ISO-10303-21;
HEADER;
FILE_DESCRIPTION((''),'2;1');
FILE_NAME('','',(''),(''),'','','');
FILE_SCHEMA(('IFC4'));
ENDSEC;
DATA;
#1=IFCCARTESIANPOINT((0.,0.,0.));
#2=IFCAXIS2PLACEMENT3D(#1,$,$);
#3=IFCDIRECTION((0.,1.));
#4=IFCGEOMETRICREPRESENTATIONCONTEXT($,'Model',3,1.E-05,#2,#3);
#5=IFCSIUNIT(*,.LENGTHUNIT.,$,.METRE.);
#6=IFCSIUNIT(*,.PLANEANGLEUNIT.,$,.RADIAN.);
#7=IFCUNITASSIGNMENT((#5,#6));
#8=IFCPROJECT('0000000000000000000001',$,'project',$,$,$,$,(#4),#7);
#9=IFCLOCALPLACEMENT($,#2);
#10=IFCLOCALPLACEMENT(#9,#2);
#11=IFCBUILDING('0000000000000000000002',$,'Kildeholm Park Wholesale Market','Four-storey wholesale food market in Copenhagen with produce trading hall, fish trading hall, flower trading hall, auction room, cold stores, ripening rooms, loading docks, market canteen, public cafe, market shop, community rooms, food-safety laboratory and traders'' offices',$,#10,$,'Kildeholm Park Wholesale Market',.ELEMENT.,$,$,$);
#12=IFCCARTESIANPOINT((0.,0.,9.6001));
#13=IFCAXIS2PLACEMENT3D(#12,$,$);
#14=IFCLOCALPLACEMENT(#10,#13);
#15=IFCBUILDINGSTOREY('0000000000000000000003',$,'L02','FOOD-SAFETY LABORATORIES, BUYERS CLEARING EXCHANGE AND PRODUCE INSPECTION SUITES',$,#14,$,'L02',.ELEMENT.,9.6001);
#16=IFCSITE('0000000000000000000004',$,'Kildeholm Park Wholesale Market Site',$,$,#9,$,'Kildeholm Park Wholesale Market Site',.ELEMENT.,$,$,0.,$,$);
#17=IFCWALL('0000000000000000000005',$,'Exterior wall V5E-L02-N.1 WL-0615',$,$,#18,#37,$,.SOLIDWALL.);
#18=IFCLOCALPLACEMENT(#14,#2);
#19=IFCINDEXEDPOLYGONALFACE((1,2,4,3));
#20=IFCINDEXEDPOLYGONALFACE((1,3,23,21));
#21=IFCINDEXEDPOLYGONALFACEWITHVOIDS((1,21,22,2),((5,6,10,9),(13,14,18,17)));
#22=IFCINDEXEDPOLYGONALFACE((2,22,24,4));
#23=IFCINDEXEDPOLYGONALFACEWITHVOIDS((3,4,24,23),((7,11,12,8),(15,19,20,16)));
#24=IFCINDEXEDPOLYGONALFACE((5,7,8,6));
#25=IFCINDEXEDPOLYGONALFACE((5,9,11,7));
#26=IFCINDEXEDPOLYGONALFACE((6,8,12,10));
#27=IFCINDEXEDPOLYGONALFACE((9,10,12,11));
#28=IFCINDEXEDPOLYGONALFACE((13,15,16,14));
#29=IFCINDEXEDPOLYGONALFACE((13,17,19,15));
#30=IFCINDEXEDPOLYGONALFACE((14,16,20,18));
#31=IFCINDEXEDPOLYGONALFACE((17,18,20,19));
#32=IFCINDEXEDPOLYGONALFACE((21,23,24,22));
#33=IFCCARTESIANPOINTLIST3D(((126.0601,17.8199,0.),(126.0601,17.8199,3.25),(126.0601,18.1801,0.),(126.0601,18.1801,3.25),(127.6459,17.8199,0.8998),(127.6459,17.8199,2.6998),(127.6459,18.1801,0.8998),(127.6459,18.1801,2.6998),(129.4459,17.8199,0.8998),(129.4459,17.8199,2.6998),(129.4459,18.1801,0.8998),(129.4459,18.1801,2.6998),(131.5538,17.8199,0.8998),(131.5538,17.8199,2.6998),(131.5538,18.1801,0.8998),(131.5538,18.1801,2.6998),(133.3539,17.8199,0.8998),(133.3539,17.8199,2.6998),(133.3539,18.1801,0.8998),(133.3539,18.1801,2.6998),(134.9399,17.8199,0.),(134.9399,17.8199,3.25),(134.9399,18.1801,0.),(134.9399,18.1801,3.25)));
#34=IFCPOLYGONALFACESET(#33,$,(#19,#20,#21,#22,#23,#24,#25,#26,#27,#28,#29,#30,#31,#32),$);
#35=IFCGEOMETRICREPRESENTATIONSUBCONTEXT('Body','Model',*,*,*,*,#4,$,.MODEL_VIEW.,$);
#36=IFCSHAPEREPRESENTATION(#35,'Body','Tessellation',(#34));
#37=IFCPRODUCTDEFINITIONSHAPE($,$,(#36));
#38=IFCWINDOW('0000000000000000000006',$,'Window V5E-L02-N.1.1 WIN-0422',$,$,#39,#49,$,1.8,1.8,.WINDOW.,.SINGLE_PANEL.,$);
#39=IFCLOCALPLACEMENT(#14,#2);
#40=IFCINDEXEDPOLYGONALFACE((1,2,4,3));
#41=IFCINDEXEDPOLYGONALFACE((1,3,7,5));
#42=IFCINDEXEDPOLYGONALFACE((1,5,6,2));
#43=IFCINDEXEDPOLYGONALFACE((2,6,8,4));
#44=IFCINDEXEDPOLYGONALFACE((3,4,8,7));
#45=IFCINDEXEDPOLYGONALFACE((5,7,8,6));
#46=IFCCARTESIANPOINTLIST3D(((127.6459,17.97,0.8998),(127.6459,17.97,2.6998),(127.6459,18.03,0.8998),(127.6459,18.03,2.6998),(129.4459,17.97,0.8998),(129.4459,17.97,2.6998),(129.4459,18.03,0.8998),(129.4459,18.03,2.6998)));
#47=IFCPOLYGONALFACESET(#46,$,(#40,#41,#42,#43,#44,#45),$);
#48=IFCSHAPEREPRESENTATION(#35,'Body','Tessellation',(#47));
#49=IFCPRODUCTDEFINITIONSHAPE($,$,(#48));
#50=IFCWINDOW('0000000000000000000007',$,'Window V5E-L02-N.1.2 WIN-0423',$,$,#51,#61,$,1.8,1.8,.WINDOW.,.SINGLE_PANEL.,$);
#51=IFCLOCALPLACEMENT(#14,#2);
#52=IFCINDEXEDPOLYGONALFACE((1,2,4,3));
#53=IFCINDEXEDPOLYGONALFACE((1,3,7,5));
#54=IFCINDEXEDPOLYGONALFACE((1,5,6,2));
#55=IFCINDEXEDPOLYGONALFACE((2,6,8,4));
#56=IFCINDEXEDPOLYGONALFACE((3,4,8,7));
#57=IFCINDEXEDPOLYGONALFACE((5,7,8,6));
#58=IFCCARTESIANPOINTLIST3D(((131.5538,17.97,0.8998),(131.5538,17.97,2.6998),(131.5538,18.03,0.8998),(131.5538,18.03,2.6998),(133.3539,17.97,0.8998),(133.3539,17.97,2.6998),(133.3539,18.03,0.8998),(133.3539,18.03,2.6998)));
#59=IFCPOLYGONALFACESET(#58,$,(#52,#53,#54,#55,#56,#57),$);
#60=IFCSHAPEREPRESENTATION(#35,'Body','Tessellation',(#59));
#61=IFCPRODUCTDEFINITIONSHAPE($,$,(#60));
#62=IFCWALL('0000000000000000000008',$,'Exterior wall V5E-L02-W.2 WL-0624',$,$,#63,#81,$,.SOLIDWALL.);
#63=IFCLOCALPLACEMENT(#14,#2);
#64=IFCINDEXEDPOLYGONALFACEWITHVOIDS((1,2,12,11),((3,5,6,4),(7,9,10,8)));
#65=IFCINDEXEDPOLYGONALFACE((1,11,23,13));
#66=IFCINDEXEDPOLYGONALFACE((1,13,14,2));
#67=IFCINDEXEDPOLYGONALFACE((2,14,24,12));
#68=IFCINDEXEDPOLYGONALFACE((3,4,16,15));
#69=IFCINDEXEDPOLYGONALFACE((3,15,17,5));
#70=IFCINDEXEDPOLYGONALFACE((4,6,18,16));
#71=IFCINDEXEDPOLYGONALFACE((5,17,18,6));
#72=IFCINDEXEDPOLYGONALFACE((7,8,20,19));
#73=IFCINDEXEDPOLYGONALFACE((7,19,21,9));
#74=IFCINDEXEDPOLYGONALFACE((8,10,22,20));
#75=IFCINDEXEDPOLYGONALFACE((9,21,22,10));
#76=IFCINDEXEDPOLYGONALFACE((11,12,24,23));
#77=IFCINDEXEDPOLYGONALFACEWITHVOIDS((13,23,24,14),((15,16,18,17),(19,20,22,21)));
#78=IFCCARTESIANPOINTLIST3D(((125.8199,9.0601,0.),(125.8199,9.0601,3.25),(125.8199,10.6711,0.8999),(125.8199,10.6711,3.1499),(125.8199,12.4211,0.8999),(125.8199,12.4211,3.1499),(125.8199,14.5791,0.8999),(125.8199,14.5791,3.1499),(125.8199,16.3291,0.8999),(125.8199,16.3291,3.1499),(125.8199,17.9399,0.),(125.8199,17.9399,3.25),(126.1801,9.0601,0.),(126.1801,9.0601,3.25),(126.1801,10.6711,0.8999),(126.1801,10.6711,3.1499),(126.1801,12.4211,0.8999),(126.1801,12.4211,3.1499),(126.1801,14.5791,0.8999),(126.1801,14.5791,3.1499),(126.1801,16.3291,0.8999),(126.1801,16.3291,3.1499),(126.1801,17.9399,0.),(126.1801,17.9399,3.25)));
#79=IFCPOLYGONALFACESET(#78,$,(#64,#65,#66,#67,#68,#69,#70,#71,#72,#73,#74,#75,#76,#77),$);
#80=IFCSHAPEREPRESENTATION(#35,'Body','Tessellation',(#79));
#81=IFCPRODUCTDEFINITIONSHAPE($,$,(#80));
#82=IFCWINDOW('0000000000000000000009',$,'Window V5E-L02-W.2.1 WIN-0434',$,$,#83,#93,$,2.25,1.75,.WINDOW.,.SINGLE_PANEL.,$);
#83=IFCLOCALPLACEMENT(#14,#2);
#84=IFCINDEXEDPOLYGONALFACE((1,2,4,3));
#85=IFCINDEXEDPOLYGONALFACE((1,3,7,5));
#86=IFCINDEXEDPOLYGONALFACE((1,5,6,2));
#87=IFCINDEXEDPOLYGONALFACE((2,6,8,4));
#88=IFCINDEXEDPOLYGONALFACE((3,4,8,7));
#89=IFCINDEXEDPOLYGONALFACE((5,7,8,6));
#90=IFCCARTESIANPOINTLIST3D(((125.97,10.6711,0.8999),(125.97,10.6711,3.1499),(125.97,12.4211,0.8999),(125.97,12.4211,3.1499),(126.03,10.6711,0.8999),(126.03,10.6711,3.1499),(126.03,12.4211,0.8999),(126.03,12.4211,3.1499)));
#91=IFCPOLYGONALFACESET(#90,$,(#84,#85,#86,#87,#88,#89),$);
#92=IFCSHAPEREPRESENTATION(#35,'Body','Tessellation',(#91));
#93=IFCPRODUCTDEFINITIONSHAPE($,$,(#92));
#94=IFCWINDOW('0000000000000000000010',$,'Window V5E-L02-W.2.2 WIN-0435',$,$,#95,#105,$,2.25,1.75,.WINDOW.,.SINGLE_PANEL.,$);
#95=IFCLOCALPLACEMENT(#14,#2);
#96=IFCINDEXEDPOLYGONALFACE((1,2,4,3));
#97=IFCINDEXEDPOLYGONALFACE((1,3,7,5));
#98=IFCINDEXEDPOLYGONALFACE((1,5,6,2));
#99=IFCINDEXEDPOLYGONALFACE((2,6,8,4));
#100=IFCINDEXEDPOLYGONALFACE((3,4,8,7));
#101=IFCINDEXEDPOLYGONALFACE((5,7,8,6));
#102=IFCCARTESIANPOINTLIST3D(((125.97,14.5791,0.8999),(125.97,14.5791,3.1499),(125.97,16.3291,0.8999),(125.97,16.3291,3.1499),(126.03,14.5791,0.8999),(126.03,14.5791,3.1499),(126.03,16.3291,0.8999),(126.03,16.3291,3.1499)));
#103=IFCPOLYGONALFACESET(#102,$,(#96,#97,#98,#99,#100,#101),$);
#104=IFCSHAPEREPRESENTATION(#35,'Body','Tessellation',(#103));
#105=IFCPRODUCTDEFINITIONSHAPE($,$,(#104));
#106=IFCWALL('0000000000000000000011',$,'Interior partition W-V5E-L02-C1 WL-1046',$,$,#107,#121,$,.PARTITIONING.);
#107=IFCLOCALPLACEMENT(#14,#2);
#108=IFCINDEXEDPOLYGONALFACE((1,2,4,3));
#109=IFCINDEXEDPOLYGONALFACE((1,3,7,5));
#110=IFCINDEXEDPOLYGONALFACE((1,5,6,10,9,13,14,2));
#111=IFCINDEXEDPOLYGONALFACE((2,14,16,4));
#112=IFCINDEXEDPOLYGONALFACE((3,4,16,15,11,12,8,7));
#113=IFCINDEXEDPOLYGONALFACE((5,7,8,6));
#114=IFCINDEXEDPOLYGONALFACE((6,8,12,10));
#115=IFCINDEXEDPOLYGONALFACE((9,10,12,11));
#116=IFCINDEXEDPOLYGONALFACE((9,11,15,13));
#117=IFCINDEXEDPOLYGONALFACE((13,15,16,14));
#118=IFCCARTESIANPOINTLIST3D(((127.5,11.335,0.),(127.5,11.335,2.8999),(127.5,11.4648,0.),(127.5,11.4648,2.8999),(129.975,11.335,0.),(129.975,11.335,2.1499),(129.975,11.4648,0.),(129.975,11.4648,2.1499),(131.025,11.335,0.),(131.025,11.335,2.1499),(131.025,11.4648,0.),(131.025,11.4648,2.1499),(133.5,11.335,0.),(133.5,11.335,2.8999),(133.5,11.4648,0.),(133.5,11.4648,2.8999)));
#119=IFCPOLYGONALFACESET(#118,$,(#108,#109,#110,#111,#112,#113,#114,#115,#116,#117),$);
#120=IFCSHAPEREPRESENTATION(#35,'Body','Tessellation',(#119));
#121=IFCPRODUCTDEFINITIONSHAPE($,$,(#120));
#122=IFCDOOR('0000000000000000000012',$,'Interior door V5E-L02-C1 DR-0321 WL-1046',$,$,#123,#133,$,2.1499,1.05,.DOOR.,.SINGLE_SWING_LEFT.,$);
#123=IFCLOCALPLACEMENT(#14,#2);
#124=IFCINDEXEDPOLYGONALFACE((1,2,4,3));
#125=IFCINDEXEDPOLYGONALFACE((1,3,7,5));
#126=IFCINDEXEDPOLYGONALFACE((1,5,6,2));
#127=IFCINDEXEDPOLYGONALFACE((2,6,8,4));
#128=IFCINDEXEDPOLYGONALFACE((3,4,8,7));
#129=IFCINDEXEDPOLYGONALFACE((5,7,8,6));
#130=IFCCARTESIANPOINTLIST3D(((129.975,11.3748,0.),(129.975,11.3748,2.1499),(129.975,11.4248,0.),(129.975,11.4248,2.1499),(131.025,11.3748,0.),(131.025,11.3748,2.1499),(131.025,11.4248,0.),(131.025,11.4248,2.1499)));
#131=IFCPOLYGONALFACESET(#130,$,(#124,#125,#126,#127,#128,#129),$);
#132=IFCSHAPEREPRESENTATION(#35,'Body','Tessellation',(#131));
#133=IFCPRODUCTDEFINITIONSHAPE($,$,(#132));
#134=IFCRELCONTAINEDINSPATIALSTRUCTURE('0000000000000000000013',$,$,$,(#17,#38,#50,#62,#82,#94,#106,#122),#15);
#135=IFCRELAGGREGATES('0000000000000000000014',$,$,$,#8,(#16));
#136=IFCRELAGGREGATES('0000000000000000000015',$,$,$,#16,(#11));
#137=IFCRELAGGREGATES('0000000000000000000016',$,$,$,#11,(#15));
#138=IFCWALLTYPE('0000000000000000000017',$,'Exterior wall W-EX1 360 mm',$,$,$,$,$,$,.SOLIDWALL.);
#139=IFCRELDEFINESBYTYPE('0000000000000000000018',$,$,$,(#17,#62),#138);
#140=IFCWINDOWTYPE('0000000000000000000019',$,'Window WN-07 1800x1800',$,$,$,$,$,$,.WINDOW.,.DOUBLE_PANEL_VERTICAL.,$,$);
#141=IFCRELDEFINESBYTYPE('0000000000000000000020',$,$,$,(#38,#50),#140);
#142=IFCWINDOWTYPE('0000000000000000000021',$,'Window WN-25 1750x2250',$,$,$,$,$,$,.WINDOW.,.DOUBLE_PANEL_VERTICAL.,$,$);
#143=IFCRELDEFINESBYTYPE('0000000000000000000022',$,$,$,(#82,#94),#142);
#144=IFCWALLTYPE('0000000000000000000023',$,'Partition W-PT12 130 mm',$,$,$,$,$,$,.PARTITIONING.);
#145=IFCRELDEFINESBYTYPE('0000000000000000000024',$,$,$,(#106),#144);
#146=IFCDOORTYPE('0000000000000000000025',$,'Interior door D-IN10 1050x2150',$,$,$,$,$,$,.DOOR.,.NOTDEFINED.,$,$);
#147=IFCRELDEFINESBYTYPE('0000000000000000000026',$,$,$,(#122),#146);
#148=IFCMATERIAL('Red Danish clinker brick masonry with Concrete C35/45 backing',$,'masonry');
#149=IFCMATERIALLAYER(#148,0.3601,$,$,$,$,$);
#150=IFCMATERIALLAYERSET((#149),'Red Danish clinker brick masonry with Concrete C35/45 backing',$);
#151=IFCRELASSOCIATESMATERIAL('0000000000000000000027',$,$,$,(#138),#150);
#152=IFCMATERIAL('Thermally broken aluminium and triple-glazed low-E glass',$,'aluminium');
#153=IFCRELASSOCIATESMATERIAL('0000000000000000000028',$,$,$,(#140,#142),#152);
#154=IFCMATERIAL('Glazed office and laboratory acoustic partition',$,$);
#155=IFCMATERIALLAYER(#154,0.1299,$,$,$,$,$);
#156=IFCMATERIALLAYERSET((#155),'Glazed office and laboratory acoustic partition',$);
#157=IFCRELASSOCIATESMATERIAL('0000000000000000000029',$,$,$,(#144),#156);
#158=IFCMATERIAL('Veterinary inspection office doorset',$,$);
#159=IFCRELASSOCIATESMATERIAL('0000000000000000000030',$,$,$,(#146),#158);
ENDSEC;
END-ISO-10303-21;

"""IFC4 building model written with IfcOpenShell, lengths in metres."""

from ifc_helpers import new_model, si_unit, direction, frame, frame_2d, origin, place, context, subcontext, project, spatial, rectangle, extrude, material, layer, layer_set, type_object, element, fill, save


model = new_model("IFC4")

# Units and contexts
model_context = context("Model", 3, precision=1e-05, world=origin(), true_north=direction((0.0, 1.0)))
body_context = subcontext(model_context, "Body", "Model", "MODEL_VIEW")
ifc_project = project(units=[si_unit("LENGTHUNIT", "METRE"), si_unit("PLANEANGLEUNIT", "RADIAN")], contexts=[model_context])

# Site, building, storey
site_placement = place(None, origin())
site = spatial("IfcSite", under=ifc_project, at=site_placement, Name="Kildeholm Park Wholesale Market Site", LongName="Kildeholm Park Wholesale Market Site", CompositionType="ELEMENT", RefElevation=0.0)
building_placement = place(site_placement, origin())
building = spatial("IfcBuilding", under=site, at=building_placement, Name="Kildeholm Park Wholesale Market", Description="Four-storey wholesale food market in Copenhagen with produce trading hall, fish trading hall, flower trading hall, auction room, cold stores, ripening rooms, loading docks, market canteen, public cafe, market shop, community rooms, food-safety laboratory and traders' offices", LongName="Kildeholm Park Wholesale Market", CompositionType="ELEMENT")
storey_placement = place(building_placement, frame((0.0, 0.0, 9.6001)))
storey = spatial("IfcBuildingStorey", under=building, at=storey_placement, Name="L02", Description="FOOD-SAFETY LABORATORIES, BUYERS CLEARING EXCHANGE AND PRODUCE INSPECTION SUITES", LongName="L02", CompositionType="ELEMENT", Elevation=9.6001)

# Wall, openings, windows
ifc_material_1 = material(Name="Red Danish clinker brick masonry with Concrete C35/45 backing", Category="masonry")
ifc_layer_1 = layer(ifc_material_1, 0.3601)
ifc_layer_set_1 = layer_set([ifc_layer_1], Name="Red Danish clinker brick masonry with Concrete C35/45 backing")
wall_type_1 = type_object("IfcWallType", Name="Exterior wall W-EX1 360 mm", PredefinedType="SOLIDWALL", material=ifc_layer_set_1)
wall_1_placement = place(storey_placement, frame((126.0601, 18.0, 0.0), z_axis=(0.0, 0.0, 1.0), x_axis=(1.0, 0.0, 0.0)))
wall_1 = element("IfcWall", 1, at=wall_1_placement, inside=storey, type_object=wall_type_1, Name="Exterior wall V5E-L02-N.1 WL-0615", PredefinedType="SOLIDWALL", context=body_context, shape_type="SweptSolid", body=[
    extrude(rectangle(XDim=8.8799, YDim=0.3601, at=frame_2d((4.4399, 0.0))), origin(), (0.0, 0.0, 1.0), 3.25),
])
opening_1_placement = place(wall_1_placement, frame((1.5859, 0.0, 0.8999)))
opening_1 = element("IfcOpeningElement", 2, at=opening_1_placement, cuts=wall_1, PredefinedType="OPENING", context=body_context, shape_type="SweptSolid", body=[
    extrude(rectangle(XDim=1.8, YDim=1.8, at=frame_2d((0.8999, 0.8999))), frame((0.0, 0.1899, 0.0), z_axis=(0.0, -1.0, 0.0), x_axis=(1.0, 0.0, 0.0)), (0.0, 0.0, 1.0), 0.3801),
])
opening_2_placement = place(wall_1_placement, frame((5.4939, 0.0, 0.8999)))
opening_2 = element("IfcOpeningElement", 3, at=opening_2_placement, cuts=wall_1, PredefinedType="OPENING", context=body_context, shape_type="SweptSolid", body=[
    extrude(rectangle(XDim=1.8, YDim=1.8, at=frame_2d((0.8999, 0.8999))), frame((0.0, 0.1899, 0.0), z_axis=(0.0, -1.0, 0.0), x_axis=(1.0, 0.0, 0.0)), (0.0, 0.0, 1.0), 0.3801),
])
ifc_material_2 = material(Name="Thermally broken aluminium and triple-glazed low-E glass", Category="aluminium")
window_type_1 = type_object("IfcWindowType", Name="Window WN-07 1800x1800", PartitioningType="DOUBLE_PANEL_VERTICAL", PredefinedType="WINDOW", material=ifc_material_2)
window_1_placement = place(opening_1_placement, origin())
window_1 = element("IfcWindow", 4, at=window_1_placement, inside=storey, type_object=window_type_1, Name="Window V5E-L02-N.1.1 WIN-0422", OverallHeight=1.8, OverallWidth=1.8, PartitioningType="SINGLE_PANEL", PredefinedType="WINDOW", context=body_context, shape_type="SweptSolid", body=[
    extrude(rectangle(XDim=1.8, YDim=1.8, at=frame_2d((0.8999, 0.8999))), frame((0.0, 0.03, 0.0), z_axis=(0.0, -1.0, 0.0), x_axis=(1.0, 0.0, 0.0)), (0.0, 0.0, 1.0), 0.0601),
])
fill(opening_1, window_1)
window_2_placement = place(opening_2_placement, origin())
window_2 = element("IfcWindow", 5, at=window_2_placement, inside=storey, type_object=window_type_1, Name="Window V5E-L02-N.1.2 WIN-0423", OverallHeight=1.8, OverallWidth=1.8, PartitioningType="SINGLE_PANEL", PredefinedType="WINDOW", context=body_context, shape_type="SweptSolid", body=[
    extrude(rectangle(XDim=1.8, YDim=1.8, at=frame_2d((0.8999, 0.8999))), frame((0.0, 0.03, 0.0), z_axis=(0.0, -1.0, 0.0), x_axis=(1.0, 0.0, 0.0)), (0.0, 0.0, 1.0), 0.0601),
])
fill(opening_2, window_2)

# Wall, openings, windows
wall_2_placement = place(storey_placement, frame((126.0, 9.0601, 0.0), z_axis=(0.0, 0.0, 1.0), x_axis=(0.0, 1.0, 0.0)))
wall_2 = element("IfcWall", 6, at=wall_2_placement, inside=storey, type_object=wall_type_1, Name="Exterior wall V5E-L02-W.2 WL-0624", PredefinedType="SOLIDWALL", context=body_context, shape_type="SweptSolid", body=[
    extrude(rectangle(XDim=8.8799, YDim=0.3601, at=frame_2d((4.4399, 0.0))), origin(), (0.0, 0.0, 1.0), 3.25),
])
opening_3_placement = place(wall_2_placement, frame((1.6111, 0.0, 0.8999)))
opening_3 = element("IfcOpeningElement", 7, at=opening_3_placement, cuts=wall_2, PredefinedType="OPENING", context=body_context, shape_type="SweptSolid", body=[
    extrude(rectangle(XDim=1.75, YDim=2.25, at=frame_2d((0.875, 1.125))), frame((0.0, 0.1899, 0.0), z_axis=(0.0, -1.0, 0.0), x_axis=(1.0, 0.0, 0.0)), (0.0, 0.0, 1.0), 0.3801),
])
opening_4_placement = place(wall_2_placement, frame((5.519, 0.0, 0.8999)))
opening_4 = element("IfcOpeningElement", 8, at=opening_4_placement, cuts=wall_2, PredefinedType="OPENING", context=body_context, shape_type="SweptSolid", body=[
    extrude(rectangle(XDim=1.75, YDim=2.25, at=frame_2d((0.875, 1.125))), frame((0.0, 0.1899, 0.0), z_axis=(0.0, -1.0, 0.0), x_axis=(1.0, 0.0, 0.0)), (0.0, 0.0, 1.0), 0.3801),
])
window_type_2 = type_object("IfcWindowType", Name="Window WN-25 1750x2250", PartitioningType="DOUBLE_PANEL_VERTICAL", PredefinedType="WINDOW", material=ifc_material_2)
window_3_placement = place(opening_3_placement, origin())
window_3 = element("IfcWindow", 9, at=window_3_placement, inside=storey, type_object=window_type_2, Name="Window V5E-L02-W.2.1 WIN-0434", OverallHeight=2.25, OverallWidth=1.75, PartitioningType="SINGLE_PANEL", PredefinedType="WINDOW", context=body_context, shape_type="SweptSolid", body=[
    extrude(rectangle(XDim=1.75, YDim=2.25, at=frame_2d((0.875, 1.125))), frame((0.0, 0.03, 0.0), z_axis=(0.0, -1.0, 0.0), x_axis=(1.0, 0.0, 0.0)), (0.0, 0.0, 1.0), 0.0601),
])
fill(opening_3, window_3)
window_4_placement = place(opening_4_placement, origin())
window_4 = element("IfcWindow", 10, at=window_4_placement, inside=storey, type_object=window_type_2, Name="Window V5E-L02-W.2.2 WIN-0435", OverallHeight=2.25, OverallWidth=1.75, PartitioningType="SINGLE_PANEL", PredefinedType="WINDOW", context=body_context, shape_type="SweptSolid", body=[
    extrude(rectangle(XDim=1.75, YDim=2.25, at=frame_2d((0.875, 1.125))), frame((0.0, 0.03, 0.0), z_axis=(0.0, -1.0, 0.0), x_axis=(1.0, 0.0, 0.0)), (0.0, 0.0, 1.0), 0.0601),
])
fill(opening_4, window_4)

# Wall, opening, door
ifc_material_3 = material(Name="Glazed office and laboratory acoustic partition")
ifc_layer_2 = layer(ifc_material_3, 0.1299)
ifc_layer_set_2 = layer_set([ifc_layer_2], Name="Glazed office and laboratory acoustic partition")
wall_type_2 = type_object("IfcWallType", Name="Partition W-PT12 130 mm", PredefinedType="PARTITIONING", material=ifc_layer_set_2)
wall_3_placement = place(storey_placement, frame((127.5, 11.3999, 0.0), z_axis=(0.0, 0.0, 1.0), x_axis=(1.0, 0.0, 0.0)))
wall_3 = element("IfcWall", 11, at=wall_3_placement, inside=storey, type_object=wall_type_2, Name="Interior partition W-V5E-L02-C1 WL-1046", PredefinedType="PARTITIONING", context=body_context, shape_type="SweptSolid", body=[
    extrude(rectangle(XDim=6.0, YDim=0.1299, at=frame_2d((3.0, 0.0))), origin(), (0.0, 0.0, 1.0), 2.8999),
])
opening_5_placement = place(wall_3_placement, frame((2.4751, 0.0, 0.0)))
opening_5 = element("IfcOpeningElement", 12, at=opening_5_placement, cuts=wall_3, PredefinedType="OPENING", context=body_context, shape_type="SweptSolid", body=[
    extrude(rectangle(XDim=1.05, YDim=2.1499, at=frame_2d((0.5249, 1.075))), frame((0.0, 0.075, 0.0), z_axis=(0.0, -1.0, 0.0), x_axis=(1.0, 0.0, 0.0)), (0.0, 0.0, 1.0), 0.1499),
])
ifc_material_4 = material(Name="Veterinary inspection office doorset")
door_type_1 = type_object("IfcDoorType", Name="Interior door D-IN10 1050x2150", OperationType="NOTDEFINED", PredefinedType="DOOR", material=ifc_material_4)
door_1_placement = place(opening_5_placement, origin())
door_1 = element("IfcDoor", 13, at=door_1_placement, inside=storey, type_object=door_type_1, Name="Interior door V5E-L02-C1 DR-0321 WL-1046", OperationType="SINGLE_SWING_LEFT", OverallHeight=2.1499, OverallWidth=1.05, PredefinedType="DOOR", context=body_context, shape_type="SweptSolid", body=[
    extrude(rectangle(XDim=1.05, YDim=2.1499, at=frame_2d((0.5249, 1.075))), frame((0.0, 0.0249, 0.0), z_axis=(0.0, -1.0, 0.0), x_axis=(1.0, 0.0, 0.0)), (0.0, 0.0, 1.0), 0.05),
])
fill(opening_5, door_1)

save(model, "model.ifc")
